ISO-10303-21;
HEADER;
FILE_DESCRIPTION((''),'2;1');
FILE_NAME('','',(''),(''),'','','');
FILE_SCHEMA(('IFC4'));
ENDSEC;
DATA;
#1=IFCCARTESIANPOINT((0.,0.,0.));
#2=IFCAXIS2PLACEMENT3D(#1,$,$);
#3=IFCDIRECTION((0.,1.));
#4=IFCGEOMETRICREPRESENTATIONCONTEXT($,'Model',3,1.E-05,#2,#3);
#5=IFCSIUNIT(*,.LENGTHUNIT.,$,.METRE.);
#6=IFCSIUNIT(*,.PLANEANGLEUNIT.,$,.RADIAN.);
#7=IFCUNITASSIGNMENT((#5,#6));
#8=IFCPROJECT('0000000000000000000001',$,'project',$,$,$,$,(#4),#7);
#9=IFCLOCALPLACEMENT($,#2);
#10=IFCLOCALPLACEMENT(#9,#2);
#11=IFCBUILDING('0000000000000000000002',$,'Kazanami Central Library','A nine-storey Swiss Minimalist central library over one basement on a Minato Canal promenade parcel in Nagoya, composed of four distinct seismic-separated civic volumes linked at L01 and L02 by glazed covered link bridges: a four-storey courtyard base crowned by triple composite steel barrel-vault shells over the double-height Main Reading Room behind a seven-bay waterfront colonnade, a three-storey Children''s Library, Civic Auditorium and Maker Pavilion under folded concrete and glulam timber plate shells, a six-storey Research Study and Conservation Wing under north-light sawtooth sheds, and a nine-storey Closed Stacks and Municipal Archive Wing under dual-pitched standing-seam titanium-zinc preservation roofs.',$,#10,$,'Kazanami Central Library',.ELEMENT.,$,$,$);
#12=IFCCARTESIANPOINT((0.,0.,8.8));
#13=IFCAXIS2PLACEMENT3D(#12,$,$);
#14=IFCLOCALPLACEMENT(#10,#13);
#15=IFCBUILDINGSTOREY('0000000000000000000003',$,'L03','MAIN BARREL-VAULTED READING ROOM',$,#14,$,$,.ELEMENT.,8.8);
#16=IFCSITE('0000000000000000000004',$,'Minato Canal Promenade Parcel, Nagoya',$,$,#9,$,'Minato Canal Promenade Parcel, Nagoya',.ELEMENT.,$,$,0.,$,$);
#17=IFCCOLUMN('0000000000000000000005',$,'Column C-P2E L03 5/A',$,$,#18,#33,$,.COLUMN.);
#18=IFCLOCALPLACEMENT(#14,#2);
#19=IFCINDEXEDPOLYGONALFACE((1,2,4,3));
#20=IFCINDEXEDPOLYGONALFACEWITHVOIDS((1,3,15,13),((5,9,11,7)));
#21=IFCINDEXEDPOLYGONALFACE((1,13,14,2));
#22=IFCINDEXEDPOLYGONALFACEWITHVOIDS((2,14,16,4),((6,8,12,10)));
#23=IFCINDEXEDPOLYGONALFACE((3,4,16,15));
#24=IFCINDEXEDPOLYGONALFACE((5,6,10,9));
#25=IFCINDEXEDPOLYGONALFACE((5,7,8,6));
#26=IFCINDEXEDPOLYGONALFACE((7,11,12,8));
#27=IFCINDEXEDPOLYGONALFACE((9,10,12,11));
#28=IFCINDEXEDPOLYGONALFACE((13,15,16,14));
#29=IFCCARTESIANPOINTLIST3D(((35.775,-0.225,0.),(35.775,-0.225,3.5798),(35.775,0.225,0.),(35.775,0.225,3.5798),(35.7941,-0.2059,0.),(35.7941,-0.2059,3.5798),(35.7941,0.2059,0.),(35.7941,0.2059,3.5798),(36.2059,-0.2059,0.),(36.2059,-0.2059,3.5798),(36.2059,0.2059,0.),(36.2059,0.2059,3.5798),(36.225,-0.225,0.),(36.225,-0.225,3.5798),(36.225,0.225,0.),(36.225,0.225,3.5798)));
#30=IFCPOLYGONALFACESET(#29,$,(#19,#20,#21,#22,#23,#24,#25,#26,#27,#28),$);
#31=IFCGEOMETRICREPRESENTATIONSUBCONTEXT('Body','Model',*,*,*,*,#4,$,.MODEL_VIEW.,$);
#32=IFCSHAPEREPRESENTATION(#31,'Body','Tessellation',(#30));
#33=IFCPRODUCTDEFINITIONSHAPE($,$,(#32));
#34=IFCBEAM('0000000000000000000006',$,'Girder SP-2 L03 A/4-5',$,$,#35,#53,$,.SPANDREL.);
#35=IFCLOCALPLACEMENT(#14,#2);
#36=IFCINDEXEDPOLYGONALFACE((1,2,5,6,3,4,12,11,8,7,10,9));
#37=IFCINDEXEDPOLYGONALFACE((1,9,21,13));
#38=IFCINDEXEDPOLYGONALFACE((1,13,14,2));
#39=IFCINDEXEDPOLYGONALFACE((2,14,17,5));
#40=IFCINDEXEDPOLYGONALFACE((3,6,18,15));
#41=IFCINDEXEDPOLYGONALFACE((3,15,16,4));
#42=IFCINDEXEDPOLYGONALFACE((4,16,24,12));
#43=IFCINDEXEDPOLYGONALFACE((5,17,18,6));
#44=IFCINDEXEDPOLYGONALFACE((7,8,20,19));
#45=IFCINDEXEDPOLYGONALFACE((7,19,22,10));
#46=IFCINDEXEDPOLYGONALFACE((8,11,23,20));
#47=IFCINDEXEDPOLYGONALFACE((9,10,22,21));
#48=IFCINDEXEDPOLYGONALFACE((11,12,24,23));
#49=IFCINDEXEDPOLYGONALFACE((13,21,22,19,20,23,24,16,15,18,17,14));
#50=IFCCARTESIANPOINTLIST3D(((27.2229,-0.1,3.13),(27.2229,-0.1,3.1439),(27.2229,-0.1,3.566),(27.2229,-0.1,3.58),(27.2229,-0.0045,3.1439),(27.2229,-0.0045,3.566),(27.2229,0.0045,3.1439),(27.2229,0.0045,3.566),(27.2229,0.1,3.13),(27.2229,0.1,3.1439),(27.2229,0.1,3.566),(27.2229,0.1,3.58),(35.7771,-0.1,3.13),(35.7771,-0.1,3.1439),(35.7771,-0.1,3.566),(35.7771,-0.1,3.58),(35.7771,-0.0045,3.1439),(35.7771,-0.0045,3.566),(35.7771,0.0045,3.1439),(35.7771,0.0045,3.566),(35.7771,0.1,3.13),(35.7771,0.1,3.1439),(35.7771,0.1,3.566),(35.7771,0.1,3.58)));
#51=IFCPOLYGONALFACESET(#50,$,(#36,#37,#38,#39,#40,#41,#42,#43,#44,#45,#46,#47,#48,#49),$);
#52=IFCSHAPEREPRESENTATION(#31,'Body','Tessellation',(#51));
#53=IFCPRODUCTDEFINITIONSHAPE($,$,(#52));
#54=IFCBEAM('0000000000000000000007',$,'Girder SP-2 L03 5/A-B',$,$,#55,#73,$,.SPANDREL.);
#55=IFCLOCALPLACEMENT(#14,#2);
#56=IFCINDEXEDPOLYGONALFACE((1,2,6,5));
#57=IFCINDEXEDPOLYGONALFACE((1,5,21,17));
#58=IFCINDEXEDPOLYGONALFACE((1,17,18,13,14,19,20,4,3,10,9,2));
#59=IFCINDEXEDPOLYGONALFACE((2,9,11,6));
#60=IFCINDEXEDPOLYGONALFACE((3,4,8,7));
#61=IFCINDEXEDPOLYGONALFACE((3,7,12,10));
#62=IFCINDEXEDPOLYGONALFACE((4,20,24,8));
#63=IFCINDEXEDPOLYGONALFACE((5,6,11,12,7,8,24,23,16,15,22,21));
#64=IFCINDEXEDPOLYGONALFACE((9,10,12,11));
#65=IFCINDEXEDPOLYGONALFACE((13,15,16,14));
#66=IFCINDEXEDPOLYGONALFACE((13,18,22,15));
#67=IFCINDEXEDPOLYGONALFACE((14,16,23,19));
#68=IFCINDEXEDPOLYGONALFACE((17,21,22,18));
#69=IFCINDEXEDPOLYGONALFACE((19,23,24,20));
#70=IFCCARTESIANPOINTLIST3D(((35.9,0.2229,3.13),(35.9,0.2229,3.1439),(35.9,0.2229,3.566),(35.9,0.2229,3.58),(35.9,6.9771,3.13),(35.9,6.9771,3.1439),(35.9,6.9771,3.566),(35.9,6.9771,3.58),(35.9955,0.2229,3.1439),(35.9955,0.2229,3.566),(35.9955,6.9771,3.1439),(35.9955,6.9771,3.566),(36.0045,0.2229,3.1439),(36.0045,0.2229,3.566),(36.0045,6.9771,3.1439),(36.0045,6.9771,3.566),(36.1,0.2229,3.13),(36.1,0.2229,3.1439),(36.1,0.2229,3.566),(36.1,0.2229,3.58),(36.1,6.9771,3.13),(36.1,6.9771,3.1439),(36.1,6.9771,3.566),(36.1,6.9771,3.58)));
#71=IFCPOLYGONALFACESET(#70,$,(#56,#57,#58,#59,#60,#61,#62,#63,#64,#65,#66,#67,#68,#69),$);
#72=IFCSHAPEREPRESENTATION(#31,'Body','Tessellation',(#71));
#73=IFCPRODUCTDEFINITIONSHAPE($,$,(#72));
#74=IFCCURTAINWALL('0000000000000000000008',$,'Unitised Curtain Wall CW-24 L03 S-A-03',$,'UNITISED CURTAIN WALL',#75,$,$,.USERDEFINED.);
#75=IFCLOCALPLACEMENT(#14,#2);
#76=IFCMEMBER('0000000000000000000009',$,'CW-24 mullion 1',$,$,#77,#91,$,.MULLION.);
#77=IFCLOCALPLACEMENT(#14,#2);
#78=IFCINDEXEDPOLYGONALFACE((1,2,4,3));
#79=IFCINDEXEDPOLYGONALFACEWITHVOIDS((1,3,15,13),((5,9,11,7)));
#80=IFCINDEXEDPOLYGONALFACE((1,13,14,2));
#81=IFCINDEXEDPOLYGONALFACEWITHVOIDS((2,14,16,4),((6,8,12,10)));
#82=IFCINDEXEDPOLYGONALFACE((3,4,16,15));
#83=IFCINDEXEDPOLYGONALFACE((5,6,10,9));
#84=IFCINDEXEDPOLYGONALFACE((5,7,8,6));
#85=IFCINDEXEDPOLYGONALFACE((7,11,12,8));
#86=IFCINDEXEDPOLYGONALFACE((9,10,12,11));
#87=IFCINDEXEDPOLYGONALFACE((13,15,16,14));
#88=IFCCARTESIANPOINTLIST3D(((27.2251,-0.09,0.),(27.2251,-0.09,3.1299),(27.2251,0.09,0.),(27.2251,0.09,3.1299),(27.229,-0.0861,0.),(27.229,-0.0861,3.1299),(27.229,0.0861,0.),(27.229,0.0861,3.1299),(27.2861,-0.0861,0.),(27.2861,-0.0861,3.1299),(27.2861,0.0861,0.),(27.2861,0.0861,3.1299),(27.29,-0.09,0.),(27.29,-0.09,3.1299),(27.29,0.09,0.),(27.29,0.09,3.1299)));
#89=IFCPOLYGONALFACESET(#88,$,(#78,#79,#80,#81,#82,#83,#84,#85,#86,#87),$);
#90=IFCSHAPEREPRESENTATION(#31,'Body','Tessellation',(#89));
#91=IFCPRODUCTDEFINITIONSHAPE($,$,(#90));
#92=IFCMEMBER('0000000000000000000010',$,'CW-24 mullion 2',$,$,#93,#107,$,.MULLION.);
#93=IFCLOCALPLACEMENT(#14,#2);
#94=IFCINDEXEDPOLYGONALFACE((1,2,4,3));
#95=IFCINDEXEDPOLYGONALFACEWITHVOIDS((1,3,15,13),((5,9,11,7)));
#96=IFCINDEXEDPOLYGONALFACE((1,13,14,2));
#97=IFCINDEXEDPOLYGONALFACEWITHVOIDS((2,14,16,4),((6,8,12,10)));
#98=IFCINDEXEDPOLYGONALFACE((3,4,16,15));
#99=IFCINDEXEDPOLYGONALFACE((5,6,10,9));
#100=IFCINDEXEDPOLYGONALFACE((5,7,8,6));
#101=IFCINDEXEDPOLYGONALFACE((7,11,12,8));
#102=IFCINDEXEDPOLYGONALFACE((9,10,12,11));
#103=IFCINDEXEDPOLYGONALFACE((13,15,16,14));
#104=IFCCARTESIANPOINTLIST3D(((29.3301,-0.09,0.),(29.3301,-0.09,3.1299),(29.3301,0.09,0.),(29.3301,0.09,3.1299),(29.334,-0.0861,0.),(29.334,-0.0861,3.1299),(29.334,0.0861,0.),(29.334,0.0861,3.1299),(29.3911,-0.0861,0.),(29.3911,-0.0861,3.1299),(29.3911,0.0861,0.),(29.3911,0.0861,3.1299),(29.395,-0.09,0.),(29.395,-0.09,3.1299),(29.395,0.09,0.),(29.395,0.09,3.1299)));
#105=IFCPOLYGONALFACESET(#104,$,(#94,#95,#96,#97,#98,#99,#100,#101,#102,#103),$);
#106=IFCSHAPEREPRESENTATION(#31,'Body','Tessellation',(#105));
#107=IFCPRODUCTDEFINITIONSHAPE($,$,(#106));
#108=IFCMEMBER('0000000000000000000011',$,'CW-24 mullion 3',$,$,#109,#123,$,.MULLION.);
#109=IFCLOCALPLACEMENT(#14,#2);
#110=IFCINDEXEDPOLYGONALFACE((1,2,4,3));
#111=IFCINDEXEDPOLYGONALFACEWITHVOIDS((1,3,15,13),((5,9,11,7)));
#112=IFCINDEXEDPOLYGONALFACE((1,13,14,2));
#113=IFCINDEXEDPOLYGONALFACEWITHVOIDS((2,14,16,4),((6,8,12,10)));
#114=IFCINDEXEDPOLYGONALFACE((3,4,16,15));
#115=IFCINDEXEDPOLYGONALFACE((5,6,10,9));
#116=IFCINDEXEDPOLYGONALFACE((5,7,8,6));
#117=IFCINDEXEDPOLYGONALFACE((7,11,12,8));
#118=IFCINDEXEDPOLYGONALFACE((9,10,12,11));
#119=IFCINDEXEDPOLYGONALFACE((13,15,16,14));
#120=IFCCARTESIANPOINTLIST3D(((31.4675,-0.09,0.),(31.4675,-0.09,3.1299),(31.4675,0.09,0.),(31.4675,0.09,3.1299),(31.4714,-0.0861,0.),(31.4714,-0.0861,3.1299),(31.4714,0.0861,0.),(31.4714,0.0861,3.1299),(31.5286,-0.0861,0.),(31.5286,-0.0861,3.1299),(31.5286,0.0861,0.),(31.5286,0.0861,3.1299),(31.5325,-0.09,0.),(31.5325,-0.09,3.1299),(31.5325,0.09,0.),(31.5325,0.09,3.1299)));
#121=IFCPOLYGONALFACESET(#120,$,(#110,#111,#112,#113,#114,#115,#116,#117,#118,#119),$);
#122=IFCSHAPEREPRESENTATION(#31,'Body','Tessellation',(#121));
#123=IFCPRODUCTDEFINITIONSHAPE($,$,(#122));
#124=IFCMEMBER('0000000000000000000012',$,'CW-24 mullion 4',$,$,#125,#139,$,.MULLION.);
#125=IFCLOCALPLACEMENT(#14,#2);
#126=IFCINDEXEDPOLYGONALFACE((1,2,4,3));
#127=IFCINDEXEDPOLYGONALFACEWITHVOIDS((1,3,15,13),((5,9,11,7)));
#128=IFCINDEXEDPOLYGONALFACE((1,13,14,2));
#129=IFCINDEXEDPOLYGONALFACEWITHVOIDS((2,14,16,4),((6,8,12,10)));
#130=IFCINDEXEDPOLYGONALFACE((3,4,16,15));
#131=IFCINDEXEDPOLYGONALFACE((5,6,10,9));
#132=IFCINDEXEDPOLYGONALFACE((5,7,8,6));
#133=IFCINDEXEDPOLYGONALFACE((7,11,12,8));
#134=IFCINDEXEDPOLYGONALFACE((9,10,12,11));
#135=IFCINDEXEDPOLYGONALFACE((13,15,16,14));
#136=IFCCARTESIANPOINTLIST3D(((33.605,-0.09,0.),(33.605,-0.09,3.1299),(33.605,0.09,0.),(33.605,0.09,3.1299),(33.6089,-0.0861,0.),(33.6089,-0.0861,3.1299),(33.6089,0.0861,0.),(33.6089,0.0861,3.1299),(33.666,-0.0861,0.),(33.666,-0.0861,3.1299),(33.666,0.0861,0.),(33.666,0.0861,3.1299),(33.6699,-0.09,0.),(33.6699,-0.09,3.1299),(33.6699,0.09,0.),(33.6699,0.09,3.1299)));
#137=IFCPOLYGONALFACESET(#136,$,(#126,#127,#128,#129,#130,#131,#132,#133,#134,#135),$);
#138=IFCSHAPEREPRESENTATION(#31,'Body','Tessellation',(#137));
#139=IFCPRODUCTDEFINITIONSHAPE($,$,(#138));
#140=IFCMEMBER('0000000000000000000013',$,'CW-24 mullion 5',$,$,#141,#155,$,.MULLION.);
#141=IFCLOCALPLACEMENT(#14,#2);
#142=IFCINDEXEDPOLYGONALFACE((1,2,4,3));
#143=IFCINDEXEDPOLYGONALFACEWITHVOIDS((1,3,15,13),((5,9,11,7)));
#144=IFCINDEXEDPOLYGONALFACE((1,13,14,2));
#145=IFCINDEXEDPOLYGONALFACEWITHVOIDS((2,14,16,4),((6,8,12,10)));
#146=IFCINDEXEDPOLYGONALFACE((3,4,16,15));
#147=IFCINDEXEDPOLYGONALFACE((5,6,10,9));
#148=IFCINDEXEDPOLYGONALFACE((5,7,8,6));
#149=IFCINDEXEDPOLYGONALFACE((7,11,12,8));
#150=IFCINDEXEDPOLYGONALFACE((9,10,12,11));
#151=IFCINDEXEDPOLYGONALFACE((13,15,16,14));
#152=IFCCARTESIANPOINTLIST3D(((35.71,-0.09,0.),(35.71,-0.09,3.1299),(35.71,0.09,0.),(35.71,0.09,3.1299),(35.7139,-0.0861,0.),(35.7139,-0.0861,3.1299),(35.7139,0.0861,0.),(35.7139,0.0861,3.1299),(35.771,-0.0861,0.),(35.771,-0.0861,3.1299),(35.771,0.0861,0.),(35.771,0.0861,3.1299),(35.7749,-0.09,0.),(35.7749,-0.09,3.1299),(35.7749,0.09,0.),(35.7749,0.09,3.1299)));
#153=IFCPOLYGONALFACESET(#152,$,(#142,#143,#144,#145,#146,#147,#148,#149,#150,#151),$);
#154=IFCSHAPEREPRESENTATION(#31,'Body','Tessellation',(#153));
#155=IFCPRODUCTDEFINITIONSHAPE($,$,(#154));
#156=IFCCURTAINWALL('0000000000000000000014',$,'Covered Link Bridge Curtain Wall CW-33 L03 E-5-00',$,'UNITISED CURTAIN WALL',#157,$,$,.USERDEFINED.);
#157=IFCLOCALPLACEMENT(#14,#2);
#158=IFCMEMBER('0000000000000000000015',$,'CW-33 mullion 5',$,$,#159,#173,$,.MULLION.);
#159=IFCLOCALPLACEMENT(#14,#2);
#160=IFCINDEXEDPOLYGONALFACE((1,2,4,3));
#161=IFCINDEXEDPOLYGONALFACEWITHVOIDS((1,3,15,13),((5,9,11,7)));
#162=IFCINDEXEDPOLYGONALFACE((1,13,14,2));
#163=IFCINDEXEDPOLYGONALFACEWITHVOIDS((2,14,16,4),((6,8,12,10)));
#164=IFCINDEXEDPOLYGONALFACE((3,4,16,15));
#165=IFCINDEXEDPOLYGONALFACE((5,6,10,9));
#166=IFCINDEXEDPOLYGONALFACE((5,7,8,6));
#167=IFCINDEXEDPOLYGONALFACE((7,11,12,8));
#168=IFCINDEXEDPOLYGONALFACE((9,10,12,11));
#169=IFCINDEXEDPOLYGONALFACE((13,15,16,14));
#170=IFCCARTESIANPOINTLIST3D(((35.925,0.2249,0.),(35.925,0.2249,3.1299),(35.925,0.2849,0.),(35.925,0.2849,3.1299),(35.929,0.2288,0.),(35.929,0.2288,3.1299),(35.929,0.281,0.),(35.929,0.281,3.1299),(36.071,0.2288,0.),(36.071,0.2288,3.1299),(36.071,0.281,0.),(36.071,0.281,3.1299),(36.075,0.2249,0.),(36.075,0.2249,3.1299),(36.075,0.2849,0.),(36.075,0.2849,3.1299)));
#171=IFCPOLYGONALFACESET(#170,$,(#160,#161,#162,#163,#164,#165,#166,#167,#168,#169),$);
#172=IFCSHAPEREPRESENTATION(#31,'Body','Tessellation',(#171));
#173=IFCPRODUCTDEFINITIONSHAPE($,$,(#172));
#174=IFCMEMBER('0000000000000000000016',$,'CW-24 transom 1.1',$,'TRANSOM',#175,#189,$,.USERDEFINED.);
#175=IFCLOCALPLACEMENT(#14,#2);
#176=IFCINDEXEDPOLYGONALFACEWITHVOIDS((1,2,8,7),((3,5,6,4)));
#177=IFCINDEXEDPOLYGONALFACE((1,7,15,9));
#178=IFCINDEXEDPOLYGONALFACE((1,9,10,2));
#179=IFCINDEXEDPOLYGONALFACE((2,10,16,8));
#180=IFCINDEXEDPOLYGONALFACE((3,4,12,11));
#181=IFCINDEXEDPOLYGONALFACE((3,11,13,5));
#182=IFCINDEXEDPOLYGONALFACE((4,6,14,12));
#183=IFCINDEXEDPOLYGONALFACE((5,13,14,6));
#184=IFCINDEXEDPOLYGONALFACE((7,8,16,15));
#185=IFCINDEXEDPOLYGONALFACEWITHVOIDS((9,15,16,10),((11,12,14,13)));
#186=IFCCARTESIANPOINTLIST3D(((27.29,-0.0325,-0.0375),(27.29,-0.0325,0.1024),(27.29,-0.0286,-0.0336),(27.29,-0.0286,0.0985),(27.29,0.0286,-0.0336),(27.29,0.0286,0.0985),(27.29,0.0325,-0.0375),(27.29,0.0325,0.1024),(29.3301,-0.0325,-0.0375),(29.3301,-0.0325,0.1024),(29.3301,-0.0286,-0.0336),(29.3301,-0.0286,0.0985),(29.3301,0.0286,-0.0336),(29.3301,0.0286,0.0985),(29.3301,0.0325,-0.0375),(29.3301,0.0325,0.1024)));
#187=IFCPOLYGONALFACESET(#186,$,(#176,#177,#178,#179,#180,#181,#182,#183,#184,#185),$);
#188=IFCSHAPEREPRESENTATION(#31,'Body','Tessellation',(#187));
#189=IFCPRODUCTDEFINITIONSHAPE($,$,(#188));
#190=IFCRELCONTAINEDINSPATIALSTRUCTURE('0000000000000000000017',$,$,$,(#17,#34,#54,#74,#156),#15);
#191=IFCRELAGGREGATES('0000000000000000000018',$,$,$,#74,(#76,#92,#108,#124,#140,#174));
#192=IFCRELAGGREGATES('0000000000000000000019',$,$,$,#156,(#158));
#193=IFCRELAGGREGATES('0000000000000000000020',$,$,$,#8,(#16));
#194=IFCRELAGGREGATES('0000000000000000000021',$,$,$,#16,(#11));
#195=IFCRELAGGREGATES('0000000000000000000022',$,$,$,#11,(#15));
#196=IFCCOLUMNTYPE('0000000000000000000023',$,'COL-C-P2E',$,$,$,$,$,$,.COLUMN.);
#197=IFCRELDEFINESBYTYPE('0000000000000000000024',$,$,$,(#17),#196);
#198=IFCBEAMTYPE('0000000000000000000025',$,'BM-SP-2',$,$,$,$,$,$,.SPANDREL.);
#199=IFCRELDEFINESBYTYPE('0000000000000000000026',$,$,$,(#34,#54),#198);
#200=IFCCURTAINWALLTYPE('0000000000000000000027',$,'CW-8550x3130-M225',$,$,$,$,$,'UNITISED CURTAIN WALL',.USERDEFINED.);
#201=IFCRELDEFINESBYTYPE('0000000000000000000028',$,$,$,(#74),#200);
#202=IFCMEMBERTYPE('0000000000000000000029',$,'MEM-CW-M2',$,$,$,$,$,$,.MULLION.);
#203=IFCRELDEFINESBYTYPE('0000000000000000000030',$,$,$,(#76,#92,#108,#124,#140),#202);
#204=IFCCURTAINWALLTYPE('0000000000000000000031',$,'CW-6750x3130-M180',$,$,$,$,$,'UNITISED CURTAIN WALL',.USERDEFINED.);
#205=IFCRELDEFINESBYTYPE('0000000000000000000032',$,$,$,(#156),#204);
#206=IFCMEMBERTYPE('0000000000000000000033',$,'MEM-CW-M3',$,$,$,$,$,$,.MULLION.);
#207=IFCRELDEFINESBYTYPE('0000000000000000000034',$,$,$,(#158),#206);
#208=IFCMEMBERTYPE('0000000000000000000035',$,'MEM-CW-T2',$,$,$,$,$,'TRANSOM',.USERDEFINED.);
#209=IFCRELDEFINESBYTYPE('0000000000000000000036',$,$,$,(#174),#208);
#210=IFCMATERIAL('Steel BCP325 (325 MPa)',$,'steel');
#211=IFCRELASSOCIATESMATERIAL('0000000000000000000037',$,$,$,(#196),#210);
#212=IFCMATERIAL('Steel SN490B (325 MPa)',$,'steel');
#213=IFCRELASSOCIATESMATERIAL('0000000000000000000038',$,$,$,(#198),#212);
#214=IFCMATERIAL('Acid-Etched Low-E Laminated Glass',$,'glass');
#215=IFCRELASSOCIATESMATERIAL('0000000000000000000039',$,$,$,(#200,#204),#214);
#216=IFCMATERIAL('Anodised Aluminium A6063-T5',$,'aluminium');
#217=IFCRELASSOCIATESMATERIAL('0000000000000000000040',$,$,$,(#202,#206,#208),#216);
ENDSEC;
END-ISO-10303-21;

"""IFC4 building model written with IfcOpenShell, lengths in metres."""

from ifc_helpers import new_model, si_unit, direction, frame, origin, origin_2d, place, context, subcontext, project, spatial, hollow_rectangle, i_section, extrude, material, material_profile, profile_set, type_object, element, aggregate, save


model = new_model("IFC4")

# Units and contexts
model_context = context("Model", 3, precision=1e-05, world=origin(), true_north=direction((0.0, 1.0)))
body_context = subcontext(model_context, "Body", "Model", "MODEL_VIEW")
ifc_project = project(units=[si_unit("LENGTHUNIT", "METRE"), si_unit("PLANEANGLEUNIT", "RADIAN")], contexts=[model_context])

# Site, building, storey
site_placement = place(None, origin())
site = spatial("IfcSite", under=ifc_project, at=site_placement, Name="Minato Canal Promenade Parcel, Nagoya", LongName="Minato Canal Promenade Parcel, Nagoya", CompositionType="ELEMENT", RefElevation=0.0)
building_placement = place(site_placement, origin())
building = spatial("IfcBuilding", under=site, at=building_placement, Name="Kazanami Central Library", Description="A nine-storey Swiss Minimalist central library over one basement on a Minato Canal promenade parcel in Nagoya, composed of four distinct seismic-separated civic volumes linked at L01 and L02 by glazed covered link bridges: a four-storey courtyard base crowned by triple composite steel barrel-vault shells over the double-height Main Reading Room behind a seven-bay waterfront colonnade, a three-storey Children's Library, Civic Auditorium and Maker Pavilion under folded concrete and glulam timber plate shells, a six-storey Research Study and Conservation Wing under north-light sawtooth sheds, and a nine-storey Closed Stacks and Municipal Archive Wing under dual-pitched standing-seam titanium-zinc preservation roofs.", LongName="Kazanami Central Library", CompositionType="ELEMENT")
storey_placement = place(building_placement, frame((0.0, 0.0, 8.8)))
storey = spatial("IfcBuildingStorey", under=building, at=storey_placement, Name="L03", Description="MAIN BARREL-VAULTED READING ROOM", CompositionType="ELEMENT", Elevation=8.8)

# Column
ifc_material_1 = material(Name="Steel BCP325 (325 MPa)", Category="steel")
ifc_material_profile_1 = material_profile(ifc_material_1, hollow_rectangle(XDim=0.45, YDim=0.45, WallThickness=0.019, at=origin_2d()), Name="BCP-450x450x19")
ifc_profile_set_1 = profile_set([ifc_material_profile_1], Name="Steel BCP325 (325 MPa)")
column_type = type_object("IfcColumnType", Name="COL-C-P2E", PredefinedType="COLUMN", material=ifc_profile_set_1)
column_placement = place(storey_placement, frame((36.0, 0.0, 0.0), z_axis=(0.0, 0.0, 1.0), x_axis=(1.0, 0.0, 0.0)))
element("IfcColumn", 1, at=column_placement, inside=storey, type_object=column_type, Name="Column C-P2E L03 5/A", PredefinedType="COLUMN", context=body_context, shape_type="SweptSolid", body=[
    extrude(hollow_rectangle(XDim=0.45, YDim=0.45, WallThickness=0.019, at=origin_2d()), origin(), (0.0, 0.0, 1.0), 3.5798),
])

# Beams
ifc_material_2 = material(Name="Steel SN490B (325 MPa)", Category="steel")
ifc_material_profile_2 = material_profile(ifc_material_2, i_section(OverallWidth=0.2, OverallDepth=0.45, WebThickness=0.009, FlangeThickness=0.0139, at=origin_2d()), Name="H-450x200x9x14")
ifc_profile_set_2 = profile_set([ifc_material_profile_2], Name="Steel SN490B (325 MPa)")
beam_type = type_object("IfcBeamType", Name="BM-SP-2", PredefinedType="SPANDREL", material=ifc_profile_set_2)
beam_1_placement = place(storey_placement, frame((27.2229, 0.0, 3.355), z_axis=(1.0, 0.0, 0.0), x_axis=(0.0, 1.0, 0.0)))
element("IfcBeam", 2, at=beam_1_placement, inside=storey, type_object=beam_type, Name="Girder SP-2 L03 A/4-5", PredefinedType="SPANDREL", context=body_context, shape_type="SweptSolid", body=[
    extrude(i_section(OverallWidth=0.2, OverallDepth=0.45, WebThickness=0.009, FlangeThickness=0.0139, at=origin_2d()), origin(), (0.0, 0.0, 1.0), 8.5542),
])
beam_2_placement = place(storey_placement, frame((36.0, 0.2229, 3.355), z_axis=(0.0, 1.0, 0.0), x_axis=(-1.0, 0.0, 0.0)))
element("IfcBeam", 3, at=beam_2_placement, inside=storey, type_object=beam_type, Name="Girder SP-2 L03 5/A-B", PredefinedType="SPANDREL", context=body_context, shape_type="SweptSolid", body=[
    extrude(i_section(OverallWidth=0.2, OverallDepth=0.45, WebThickness=0.009, FlangeThickness=0.0139, at=origin_2d()), origin(), (0.0, 0.0, 1.0), 6.7542),
])

# Curtain wall, members
ifc_material_3 = material(Name="Acid-Etched Low-E Laminated Glass", Category="glass")
curtain_wall_type_1 = type_object("IfcCurtainWallType", Name="CW-8550x3130-M225", ElementType="UNITISED CURTAIN WALL", PredefinedType="USERDEFINED", material=ifc_material_3)
curtain_wall_1_placement = place(storey_placement, origin())
curtain_wall_1 = element("IfcCurtainWall", 4, at=curtain_wall_1_placement, inside=storey, type_object=curtain_wall_type_1, Name="Unitised Curtain Wall CW-24 L03 S-A-03", ObjectType="UNITISED CURTAIN WALL", PredefinedType="USERDEFINED")
ifc_material_4 = material(Name="Anodised Aluminium A6063-T5", Category="aluminium")
ifc_material_profile_3 = material_profile(ifc_material_4, hollow_rectangle(XDim=0.0649, YDim=0.1799, WallThickness=0.0039, at=origin_2d()), Name="ALU-MULL-65x180x4")
ifc_profile_set_3 = profile_set([ifc_material_profile_3], Name="Anodised Aluminium A6063-T5")
member_type_1 = type_object("IfcMemberType", Name="MEM-CW-M2", PredefinedType="MULLION", material=ifc_profile_set_3)
member_1_placement = place(storey_placement, frame((27.2576, 0.0, 0.0), z_axis=(0.0, 0.0, 1.0), x_axis=(1.0, 0.0, 0.0)))
member_1 = element("IfcMember", 5, at=member_1_placement, type_object=member_type_1, Name="CW-24 mullion 1", PredefinedType="MULLION", context=body_context, shape_type="SweptSolid", body=[
    extrude(hollow_rectangle(XDim=0.0649, YDim=0.1799, WallThickness=0.0039, at=origin_2d()), origin(), (0.0, 0.0, 1.0), 3.1299),
])
member_2_placement = place(storey_placement, frame((29.3625, 0.0, 0.0), z_axis=(0.0, 0.0, 1.0), x_axis=(1.0, 0.0, 0.0)))
member_2 = element("IfcMember", 6, at=member_2_placement, type_object=member_type_1, Name="CW-24 mullion 2", PredefinedType="MULLION", context=body_context, shape_type="SweptSolid", body=[
    extrude(hollow_rectangle(XDim=0.0649, YDim=0.1799, WallThickness=0.0039, at=origin_2d()), origin(), (0.0, 0.0, 1.0), 3.1299),
])
member_3_placement = place(storey_placement, frame((31.5, 0.0, 0.0), z_axis=(0.0, 0.0, 1.0), x_axis=(1.0, 0.0, 0.0)))
member_3 = element("IfcMember", 7, at=member_3_placement, type_object=member_type_1, Name="CW-24 mullion 3", PredefinedType="MULLION", context=body_context, shape_type="SweptSolid", body=[
    extrude(hollow_rectangle(XDim=0.0649, YDim=0.1799, WallThickness=0.0039, at=origin_2d()), origin(), (0.0, 0.0, 1.0), 3.1299),
])
member_4_placement = place(storey_placement, frame((33.6375, 0.0, 0.0), z_axis=(0.0, 0.0, 1.0), x_axis=(1.0, 0.0, 0.0)))
member_4 = element("IfcMember", 8, at=member_4_placement, type_object=member_type_1, Name="CW-24 mullion 4", PredefinedType="MULLION", context=body_context, shape_type="SweptSolid", body=[
    extrude(hollow_rectangle(XDim=0.0649, YDim=0.1799, WallThickness=0.0039, at=origin_2d()), origin(), (0.0, 0.0, 1.0), 3.1299),
])
member_5_placement = place(storey_placement, frame((35.7424, 0.0, 0.0), z_axis=(0.0, 0.0, 1.0), x_axis=(1.0, 0.0, 0.0)))
member_5 = element("IfcMember", 9, at=member_5_placement, type_object=member_type_1, Name="CW-24 mullion 5", PredefinedType="MULLION", context=body_context, shape_type="SweptSolid", body=[
    extrude(hollow_rectangle(XDim=0.0649, YDim=0.1799, WallThickness=0.0039, at=origin_2d()), origin(), (0.0, 0.0, 1.0), 3.1299),
])

# Curtain wall, member
curtain_wall_type_2 = type_object("IfcCurtainWallType", Name="CW-6750x3130-M180", ElementType="UNITISED CURTAIN WALL", PredefinedType="USERDEFINED", material=ifc_material_3)
curtain_wall_2_placement = place(storey_placement, origin())
curtain_wall_2 = element("IfcCurtainWall", 10, at=curtain_wall_2_placement, inside=storey, type_object=curtain_wall_type_2, Name="Covered Link Bridge Curtain Wall CW-33 L03 E-5-00", ObjectType="UNITISED CURTAIN WALL", PredefinedType="USERDEFINED")
ifc_material_profile_4 = material_profile(ifc_material_4, hollow_rectangle(XDim=0.0601, YDim=0.1499, WallThickness=0.0039, at=origin_2d()), Name="ALU-MULL-60x150x4")
ifc_profile_set_4 = profile_set([ifc_material_profile_4], Name="Anodised Aluminium A6063-T5")
member_type_2 = type_object("IfcMemberType", Name="MEM-CW-M3", PredefinedType="MULLION", material=ifc_profile_set_4)
member_6_placement = place(storey_placement, frame((36.0, 0.2549, 0.0), z_axis=(0.0, 0.0, 1.0), x_axis=(0.0, -1.0, 0.0)))
member_6 = element("IfcMember", 11, at=member_6_placement, type_object=member_type_2, Name="CW-33 mullion 5", PredefinedType="MULLION", context=body_context, shape_type="SweptSolid", body=[
    extrude(hollow_rectangle(XDim=0.0601, YDim=0.1499, WallThickness=0.0039, at=origin_2d()), origin(), (0.0, 0.0, 1.0), 3.1299),
])

# Member
ifc_material_profile_5 = material_profile(ifc_material_4, hollow_rectangle(XDim=0.0649, YDim=0.1399, WallThickness=0.0039, at=origin_2d()), Name="ALU-TRAN-65x140x4")
ifc_profile_set_5 = profile_set([ifc_material_profile_5], Name="Anodised Aluminium A6063-T5")
member_type_3 = type_object("IfcMemberType", Name="MEM-CW-T2", ElementType="TRANSOM", PredefinedType="USERDEFINED", material=ifc_profile_set_5)
member_7_placement = place(storey_placement, frame((27.29, 0.0, 0.0325), z_axis=(1.0, 0.0, 0.0), x_axis=(0.0, 1.0, 0.0)))
member_7 = element("IfcMember", 12, at=member_7_placement, type_object=member_type_3, Name="CW-24 transom 1.1", ObjectType="TRANSOM", PredefinedType="USERDEFINED", context=body_context, shape_type="SweptSolid", body=[
    extrude(hollow_rectangle(XDim=0.0649, YDim=0.1399, WallThickness=0.0039, at=origin_2d()), origin(), (0.0, 0.0, 1.0), 2.04),
])

aggregate(curtain_wall_1, [member_1, member_2, member_3, member_4, member_5, member_7])
aggregate(curtain_wall_2, [member_6])

save(model, "model.ifc")
